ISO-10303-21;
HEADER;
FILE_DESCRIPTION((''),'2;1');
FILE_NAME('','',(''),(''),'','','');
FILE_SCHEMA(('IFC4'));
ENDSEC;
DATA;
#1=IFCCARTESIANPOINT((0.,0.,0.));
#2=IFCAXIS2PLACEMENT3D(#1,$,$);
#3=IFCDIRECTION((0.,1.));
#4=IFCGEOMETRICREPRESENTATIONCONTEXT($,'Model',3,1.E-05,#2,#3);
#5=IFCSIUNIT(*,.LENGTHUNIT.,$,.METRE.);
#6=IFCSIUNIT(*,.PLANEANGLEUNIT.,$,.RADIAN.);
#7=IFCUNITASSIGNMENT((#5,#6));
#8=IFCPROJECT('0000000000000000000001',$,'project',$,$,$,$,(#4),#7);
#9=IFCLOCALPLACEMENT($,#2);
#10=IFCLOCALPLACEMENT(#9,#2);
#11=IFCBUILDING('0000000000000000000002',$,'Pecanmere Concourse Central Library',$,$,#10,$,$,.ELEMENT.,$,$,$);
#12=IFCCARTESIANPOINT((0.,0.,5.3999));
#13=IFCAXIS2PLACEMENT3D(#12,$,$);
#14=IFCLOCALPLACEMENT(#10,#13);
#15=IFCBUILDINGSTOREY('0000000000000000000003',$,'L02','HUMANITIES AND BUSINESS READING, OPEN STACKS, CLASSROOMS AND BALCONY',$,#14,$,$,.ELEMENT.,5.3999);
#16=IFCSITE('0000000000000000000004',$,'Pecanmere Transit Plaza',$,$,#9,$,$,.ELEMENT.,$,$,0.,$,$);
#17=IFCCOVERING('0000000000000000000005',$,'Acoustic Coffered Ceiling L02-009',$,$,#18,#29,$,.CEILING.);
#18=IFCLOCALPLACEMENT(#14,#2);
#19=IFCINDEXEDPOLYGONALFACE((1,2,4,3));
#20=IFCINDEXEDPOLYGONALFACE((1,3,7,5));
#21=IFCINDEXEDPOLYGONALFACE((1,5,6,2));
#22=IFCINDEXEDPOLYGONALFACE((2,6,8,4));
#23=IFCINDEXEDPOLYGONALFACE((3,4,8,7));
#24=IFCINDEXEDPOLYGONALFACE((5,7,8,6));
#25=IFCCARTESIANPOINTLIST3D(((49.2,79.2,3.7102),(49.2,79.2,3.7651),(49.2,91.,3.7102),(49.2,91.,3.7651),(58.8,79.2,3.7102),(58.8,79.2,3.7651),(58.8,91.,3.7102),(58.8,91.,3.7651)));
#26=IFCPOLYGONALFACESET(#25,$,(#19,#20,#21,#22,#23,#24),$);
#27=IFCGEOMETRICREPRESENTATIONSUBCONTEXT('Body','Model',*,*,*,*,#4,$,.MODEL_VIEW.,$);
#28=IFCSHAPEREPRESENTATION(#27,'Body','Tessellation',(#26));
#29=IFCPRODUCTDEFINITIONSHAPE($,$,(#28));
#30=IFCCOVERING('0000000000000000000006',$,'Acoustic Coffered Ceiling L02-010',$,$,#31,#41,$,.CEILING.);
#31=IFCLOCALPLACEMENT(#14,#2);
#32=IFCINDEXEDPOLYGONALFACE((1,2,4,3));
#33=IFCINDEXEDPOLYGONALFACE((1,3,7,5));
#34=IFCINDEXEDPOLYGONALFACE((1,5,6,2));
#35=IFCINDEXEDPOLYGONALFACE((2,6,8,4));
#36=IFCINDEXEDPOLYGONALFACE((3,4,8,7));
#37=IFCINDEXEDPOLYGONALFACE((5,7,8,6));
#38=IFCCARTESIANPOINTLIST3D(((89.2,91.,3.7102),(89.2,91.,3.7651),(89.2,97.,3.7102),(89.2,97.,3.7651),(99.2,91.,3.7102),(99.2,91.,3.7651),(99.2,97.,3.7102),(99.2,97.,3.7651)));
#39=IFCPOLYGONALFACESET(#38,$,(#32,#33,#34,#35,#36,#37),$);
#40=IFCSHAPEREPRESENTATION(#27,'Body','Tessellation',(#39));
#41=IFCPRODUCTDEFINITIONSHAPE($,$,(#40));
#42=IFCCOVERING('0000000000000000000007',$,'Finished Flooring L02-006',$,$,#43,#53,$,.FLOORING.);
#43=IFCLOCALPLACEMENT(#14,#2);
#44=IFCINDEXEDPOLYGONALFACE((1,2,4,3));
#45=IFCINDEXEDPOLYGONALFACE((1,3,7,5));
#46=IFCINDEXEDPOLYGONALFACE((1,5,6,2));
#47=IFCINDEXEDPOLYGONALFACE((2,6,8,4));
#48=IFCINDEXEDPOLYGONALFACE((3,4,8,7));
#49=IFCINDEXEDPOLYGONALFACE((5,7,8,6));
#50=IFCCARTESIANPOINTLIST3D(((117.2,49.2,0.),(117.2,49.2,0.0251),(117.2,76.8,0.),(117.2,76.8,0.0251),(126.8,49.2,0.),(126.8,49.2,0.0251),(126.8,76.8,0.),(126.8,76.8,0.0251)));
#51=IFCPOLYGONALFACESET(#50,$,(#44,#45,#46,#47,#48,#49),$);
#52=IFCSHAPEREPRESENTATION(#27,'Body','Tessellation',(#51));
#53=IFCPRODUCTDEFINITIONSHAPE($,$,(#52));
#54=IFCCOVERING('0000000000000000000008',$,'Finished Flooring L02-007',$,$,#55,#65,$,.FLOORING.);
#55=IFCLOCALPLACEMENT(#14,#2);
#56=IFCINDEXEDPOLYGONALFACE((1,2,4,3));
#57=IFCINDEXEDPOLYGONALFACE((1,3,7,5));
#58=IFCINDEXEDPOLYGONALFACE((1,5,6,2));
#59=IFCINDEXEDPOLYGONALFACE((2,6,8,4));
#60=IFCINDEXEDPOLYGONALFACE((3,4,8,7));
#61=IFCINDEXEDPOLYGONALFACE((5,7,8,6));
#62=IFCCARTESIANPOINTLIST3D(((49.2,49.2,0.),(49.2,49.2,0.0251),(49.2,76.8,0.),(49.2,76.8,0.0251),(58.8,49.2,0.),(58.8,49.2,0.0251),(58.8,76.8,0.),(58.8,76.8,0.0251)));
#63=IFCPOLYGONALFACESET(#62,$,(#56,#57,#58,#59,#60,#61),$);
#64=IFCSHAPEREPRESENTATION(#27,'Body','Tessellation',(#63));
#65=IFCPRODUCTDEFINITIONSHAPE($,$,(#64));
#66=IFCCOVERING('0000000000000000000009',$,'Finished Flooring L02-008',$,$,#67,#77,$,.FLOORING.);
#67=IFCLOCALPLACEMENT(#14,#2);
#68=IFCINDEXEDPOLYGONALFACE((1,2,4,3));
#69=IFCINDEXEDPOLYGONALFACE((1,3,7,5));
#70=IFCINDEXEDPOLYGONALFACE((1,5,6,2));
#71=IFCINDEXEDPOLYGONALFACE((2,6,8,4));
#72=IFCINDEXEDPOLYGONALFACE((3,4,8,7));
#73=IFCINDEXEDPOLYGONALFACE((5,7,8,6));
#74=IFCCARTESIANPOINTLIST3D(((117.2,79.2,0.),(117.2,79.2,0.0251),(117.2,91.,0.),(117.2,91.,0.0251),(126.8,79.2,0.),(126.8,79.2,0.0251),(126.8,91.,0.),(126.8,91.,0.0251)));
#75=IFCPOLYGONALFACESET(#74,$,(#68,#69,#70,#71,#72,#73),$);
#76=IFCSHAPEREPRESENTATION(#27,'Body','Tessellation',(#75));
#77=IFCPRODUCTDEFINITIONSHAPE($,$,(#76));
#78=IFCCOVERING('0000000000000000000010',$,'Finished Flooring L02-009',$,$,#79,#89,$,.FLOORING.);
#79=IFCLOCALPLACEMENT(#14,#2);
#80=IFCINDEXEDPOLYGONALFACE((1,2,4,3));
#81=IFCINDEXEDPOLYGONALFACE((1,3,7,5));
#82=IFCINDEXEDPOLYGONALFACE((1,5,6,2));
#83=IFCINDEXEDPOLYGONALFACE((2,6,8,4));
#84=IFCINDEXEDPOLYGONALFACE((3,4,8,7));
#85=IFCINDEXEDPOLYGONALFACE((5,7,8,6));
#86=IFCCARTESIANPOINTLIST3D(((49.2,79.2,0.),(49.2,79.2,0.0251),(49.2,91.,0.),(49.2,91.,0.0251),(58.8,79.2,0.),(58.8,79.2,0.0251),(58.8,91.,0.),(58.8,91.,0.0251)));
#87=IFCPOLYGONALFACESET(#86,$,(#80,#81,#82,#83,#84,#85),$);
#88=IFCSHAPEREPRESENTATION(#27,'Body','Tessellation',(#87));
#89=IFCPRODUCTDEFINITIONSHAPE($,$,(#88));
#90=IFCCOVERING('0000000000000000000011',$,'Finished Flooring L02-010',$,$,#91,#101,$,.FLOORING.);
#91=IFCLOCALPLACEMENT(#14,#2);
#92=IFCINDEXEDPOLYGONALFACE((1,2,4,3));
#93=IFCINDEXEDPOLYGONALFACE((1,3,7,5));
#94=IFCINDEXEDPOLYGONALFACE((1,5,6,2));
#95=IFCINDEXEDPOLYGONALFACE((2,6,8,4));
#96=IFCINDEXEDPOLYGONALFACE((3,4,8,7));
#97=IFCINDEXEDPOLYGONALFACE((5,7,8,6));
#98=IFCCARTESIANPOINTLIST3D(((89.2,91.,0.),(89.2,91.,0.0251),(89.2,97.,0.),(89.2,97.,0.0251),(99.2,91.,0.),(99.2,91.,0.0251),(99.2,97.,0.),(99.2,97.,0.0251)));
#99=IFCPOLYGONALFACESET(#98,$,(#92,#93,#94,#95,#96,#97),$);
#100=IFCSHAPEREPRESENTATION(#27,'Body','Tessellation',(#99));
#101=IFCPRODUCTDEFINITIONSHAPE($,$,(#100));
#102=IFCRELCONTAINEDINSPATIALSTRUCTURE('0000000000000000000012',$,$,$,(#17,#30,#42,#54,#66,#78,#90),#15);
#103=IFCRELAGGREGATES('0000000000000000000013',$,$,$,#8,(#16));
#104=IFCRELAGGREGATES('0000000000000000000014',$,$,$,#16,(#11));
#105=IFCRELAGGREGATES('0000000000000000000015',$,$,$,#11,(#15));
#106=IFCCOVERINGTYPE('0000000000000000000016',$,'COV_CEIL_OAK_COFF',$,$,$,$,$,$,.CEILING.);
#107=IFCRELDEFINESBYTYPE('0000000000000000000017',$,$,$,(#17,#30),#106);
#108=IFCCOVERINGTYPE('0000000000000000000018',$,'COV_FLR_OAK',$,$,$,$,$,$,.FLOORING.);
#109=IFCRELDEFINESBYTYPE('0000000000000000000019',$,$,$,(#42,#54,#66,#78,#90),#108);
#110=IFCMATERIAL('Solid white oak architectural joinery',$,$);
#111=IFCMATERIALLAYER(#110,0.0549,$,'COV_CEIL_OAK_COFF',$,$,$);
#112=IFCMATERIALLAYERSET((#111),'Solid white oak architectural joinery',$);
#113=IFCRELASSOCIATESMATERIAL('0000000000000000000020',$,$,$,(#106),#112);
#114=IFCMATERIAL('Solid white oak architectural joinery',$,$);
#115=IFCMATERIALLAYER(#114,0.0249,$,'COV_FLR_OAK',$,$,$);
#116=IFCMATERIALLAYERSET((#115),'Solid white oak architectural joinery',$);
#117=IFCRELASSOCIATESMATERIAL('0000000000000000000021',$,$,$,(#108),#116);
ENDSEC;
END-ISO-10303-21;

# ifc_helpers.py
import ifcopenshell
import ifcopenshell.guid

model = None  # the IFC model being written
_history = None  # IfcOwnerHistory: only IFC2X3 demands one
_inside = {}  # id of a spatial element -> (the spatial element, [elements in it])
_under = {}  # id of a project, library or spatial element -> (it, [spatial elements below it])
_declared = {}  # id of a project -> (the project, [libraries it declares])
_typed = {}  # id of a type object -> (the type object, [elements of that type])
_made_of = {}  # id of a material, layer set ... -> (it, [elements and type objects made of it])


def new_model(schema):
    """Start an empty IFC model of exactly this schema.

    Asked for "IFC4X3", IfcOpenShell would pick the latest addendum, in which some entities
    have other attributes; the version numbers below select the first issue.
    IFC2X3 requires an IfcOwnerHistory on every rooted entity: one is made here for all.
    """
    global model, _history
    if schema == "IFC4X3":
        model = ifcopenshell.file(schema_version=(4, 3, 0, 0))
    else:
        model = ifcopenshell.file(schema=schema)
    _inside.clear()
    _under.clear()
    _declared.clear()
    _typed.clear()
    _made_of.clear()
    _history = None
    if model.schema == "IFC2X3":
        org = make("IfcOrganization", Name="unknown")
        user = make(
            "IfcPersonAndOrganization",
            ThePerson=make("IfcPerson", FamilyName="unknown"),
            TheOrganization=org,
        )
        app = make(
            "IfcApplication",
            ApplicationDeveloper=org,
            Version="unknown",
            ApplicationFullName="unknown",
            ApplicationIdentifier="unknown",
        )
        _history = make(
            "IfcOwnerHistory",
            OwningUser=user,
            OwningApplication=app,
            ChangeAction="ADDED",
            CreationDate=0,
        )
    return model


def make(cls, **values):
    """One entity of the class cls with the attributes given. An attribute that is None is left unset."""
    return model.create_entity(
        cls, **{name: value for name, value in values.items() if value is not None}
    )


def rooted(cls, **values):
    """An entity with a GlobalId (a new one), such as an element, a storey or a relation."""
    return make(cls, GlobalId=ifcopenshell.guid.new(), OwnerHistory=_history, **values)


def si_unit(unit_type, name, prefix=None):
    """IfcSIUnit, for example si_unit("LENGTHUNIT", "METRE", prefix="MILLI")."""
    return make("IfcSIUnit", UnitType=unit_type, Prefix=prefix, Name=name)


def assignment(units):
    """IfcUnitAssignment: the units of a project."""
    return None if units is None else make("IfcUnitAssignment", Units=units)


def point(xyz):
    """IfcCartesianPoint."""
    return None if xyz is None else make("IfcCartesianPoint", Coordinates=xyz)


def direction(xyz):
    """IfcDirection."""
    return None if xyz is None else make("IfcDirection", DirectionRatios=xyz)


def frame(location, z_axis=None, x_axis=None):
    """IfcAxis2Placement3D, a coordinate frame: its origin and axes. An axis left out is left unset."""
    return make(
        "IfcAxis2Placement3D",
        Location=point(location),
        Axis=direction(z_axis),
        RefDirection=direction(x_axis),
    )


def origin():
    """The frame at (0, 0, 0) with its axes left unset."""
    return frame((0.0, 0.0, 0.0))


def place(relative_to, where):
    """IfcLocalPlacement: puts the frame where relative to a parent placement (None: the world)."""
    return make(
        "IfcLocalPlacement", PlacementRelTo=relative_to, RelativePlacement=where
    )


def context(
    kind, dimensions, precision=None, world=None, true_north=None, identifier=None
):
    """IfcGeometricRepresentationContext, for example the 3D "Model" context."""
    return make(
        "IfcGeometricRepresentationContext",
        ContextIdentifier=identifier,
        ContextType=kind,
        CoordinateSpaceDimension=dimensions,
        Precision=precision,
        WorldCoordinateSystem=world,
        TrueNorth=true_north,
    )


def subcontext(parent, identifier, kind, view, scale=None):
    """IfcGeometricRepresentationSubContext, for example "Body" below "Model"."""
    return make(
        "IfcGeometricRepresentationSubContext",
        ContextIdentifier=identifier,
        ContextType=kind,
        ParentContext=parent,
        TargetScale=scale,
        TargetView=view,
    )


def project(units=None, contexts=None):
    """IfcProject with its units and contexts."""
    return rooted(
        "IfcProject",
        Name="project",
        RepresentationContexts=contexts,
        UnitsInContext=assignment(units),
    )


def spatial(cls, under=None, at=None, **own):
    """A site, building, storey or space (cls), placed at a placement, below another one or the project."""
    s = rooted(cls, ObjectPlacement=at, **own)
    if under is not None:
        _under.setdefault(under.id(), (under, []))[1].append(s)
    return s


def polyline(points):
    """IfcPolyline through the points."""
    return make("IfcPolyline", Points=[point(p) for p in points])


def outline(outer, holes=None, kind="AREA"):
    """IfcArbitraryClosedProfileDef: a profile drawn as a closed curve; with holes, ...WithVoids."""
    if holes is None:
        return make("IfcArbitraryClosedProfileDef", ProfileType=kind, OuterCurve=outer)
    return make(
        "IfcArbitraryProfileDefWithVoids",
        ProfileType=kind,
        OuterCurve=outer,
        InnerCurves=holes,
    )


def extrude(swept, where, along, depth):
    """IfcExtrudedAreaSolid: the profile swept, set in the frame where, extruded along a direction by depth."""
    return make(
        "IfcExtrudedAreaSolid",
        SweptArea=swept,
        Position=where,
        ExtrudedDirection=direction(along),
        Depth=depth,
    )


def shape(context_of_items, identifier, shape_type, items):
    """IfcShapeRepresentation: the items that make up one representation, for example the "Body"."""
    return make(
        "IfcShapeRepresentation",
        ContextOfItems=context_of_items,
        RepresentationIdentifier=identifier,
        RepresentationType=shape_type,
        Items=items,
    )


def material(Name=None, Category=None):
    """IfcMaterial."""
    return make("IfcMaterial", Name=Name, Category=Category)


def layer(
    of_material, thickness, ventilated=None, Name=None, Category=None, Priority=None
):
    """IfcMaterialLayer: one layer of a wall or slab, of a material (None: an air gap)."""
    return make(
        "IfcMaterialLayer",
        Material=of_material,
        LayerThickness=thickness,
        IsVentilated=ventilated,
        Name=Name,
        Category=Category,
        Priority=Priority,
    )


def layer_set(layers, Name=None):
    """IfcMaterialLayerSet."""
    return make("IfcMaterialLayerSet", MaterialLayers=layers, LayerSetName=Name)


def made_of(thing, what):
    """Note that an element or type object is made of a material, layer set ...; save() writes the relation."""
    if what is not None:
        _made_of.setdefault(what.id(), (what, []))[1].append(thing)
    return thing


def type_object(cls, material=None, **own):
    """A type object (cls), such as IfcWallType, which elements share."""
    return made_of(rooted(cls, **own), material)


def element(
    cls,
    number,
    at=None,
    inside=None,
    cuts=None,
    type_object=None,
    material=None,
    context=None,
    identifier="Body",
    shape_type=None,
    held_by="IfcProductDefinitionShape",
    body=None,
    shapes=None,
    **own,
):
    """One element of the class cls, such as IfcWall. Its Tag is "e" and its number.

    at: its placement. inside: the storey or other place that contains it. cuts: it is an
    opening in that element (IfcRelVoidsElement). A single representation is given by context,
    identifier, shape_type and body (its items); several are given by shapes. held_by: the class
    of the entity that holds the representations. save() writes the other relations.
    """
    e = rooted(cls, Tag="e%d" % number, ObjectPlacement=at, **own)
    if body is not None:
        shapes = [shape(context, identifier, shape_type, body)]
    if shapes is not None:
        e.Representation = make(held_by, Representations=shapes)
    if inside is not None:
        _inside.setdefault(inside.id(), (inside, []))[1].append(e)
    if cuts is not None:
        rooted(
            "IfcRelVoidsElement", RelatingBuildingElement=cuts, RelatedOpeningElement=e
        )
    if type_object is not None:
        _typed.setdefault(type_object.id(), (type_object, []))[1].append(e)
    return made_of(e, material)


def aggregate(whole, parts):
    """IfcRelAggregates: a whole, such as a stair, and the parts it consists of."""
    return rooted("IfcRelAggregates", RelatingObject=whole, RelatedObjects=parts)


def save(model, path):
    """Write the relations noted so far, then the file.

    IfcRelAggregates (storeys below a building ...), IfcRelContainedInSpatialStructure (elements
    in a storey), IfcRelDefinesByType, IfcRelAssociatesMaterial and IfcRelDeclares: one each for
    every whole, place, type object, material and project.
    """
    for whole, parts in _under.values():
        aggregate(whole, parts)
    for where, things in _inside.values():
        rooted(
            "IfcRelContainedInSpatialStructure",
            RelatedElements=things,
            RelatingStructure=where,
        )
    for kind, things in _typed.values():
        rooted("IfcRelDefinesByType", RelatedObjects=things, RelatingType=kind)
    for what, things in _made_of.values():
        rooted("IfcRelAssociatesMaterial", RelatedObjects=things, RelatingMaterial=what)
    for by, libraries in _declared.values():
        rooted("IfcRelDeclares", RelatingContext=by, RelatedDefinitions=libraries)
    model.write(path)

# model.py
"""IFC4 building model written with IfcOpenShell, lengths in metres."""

from ifc_helpers import new_model, si_unit, direction, frame, origin, place, context, subcontext, project, spatial, polyline, outline, extrude, material, layer, layer_set, type_object, element, save


model = new_model("IFC4")

# Units and contexts
model_context = context("Model", 3, precision=1e-05, world=origin(), true_north=direction((0.0, 1.0)))
body_context = subcontext(model_context, "Body", "Model", "MODEL_VIEW")
ifc_project = project(units=[si_unit("LENGTHUNIT", "METRE"), si_unit("PLANEANGLEUNIT", "RADIAN")], contexts=[model_context])

# Site, building, storey
site_placement = place(None, origin())
site = spatial("IfcSite", under=ifc_project, at=site_placement, Name="Pecanmere Transit Plaza", CompositionType="ELEMENT", RefElevation=0.0)
building_placement = place(site_placement, origin())
building = spatial("IfcBuilding", under=site, at=building_placement, Name="Pecanmere Concourse Central Library", CompositionType="ELEMENT")
storey_placement = place(building_placement, frame((0.0, 0.0, 5.3999)))
storey = spatial("IfcBuildingStorey", under=building, at=storey_placement, Name="L02", Description="HUMANITIES AND BUSINESS READING, OPEN STACKS, CLASSROOMS AND BALCONY", CompositionType="ELEMENT", Elevation=5.3999)

# Coverings
ifc_material_1 = material(Name="Solid white oak architectural joinery")
ifc_layer_1 = layer(ifc_material_1, 0.0549, Name="COV_CEIL_OAK_COFF")
ifc_layer_set_1 = layer_set([ifc_layer_1], Name="Solid white oak architectural joinery")
covering_type_1 = type_object("IfcCoveringType", Name="COV_CEIL_OAK_COFF", PredefinedType="CEILING", material=ifc_layer_set_1)
covering_1_placement = place(storey_placement, frame((0.0, 0.0, 3.7102)))
element("IfcCovering", 1, at=covering_1_placement, inside=storey, type_object=covering_type_1, Name="Acoustic Coffered Ceiling L02-009", PredefinedType="CEILING", context=body_context, shape_type="SweptSolid", body=[
    extrude(outline(polyline([(49.2, 79.2), (58.8, 79.2), (58.8, 91.0), (49.2, 91.0), (49.2, 79.2)])), origin(), (0.0, 0.0, 1.0), 0.0549),
])
covering_2_placement = place(storey_placement, frame((0.0, 0.0, 3.7102)))
element("IfcCovering", 2, at=covering_2_placement, inside=storey, type_object=covering_type_1, Name="Acoustic Coffered Ceiling L02-010", PredefinedType="CEILING", context=body_context, shape_type="SweptSolid", body=[
    extrude(outline(polyline([(89.2, 91.0), (99.2, 91.0), (99.2, 97.0), (89.2, 97.0), (89.2, 91.0)])), origin(), (0.0, 0.0, 1.0), 0.0549),
])
ifc_material_2 = material(Name="Solid white oak architectural joinery")
ifc_layer_2 = layer(ifc_material_2, 0.0249, Name="COV_FLR_OAK")
ifc_layer_set_2 = layer_set([ifc_layer_2], Name="Solid white oak architectural joinery")
covering_type_2 = type_object("IfcCoveringType", Name="COV_FLR_OAK", PredefinedType="FLOORING", material=ifc_layer_set_2)
covering_3_placement = place(storey_placement, origin())
element("IfcCovering", 3, at=covering_3_placement, inside=storey, type_object=covering_type_2, Name="Finished Flooring L02-006", PredefinedType="FLOORING", context=body_context, shape_type="SweptSolid", body=[
    extrude(outline(polyline([(117.2, 49.2), (126.8, 49.2), (126.8, 76.8), (117.2, 76.8), (117.2, 49.2)])), origin(), (0.0, 0.0, 1.0), 0.0251),
])
covering_4_placement = place(storey_placement, origin())
element("IfcCovering", 4, at=covering_4_placement, inside=storey, type_object=covering_type_2, Name="Finished Flooring L02-007", PredefinedType="FLOORING", context=body_context, shape_type="SweptSolid", body=[
    extrude(outline(polyline([(49.2, 49.2), (58.8, 49.2), (58.8, 76.8), (49.2, 76.8), (49.2, 49.2)])), origin(), (0.0, 0.0, 1.0), 0.0251),
])
covering_5_placement = place(storey_placement, origin())
element("IfcCovering", 5, at=covering_5_placement, inside=storey, type_object=covering_type_2, Name="Finished Flooring L02-008", PredefinedType="FLOORING", context=body_context, shape_type="SweptSolid", body=[
    extrude(outline(polyline([(117.2, 79.2), (126.8, 79.2), (126.8, 91.0), (117.2, 91.0), (117.2, 79.2)])), origin(), (0.0, 0.0, 1.0), 0.0251),
])
covering_6_placement = place(storey_placement, origin())
element("IfcCovering", 6, at=covering_6_placement, inside=storey, type_object=covering_type_2, Name="Finished Flooring L02-009", PredefinedType="FLOORING", context=body_context, shape_type="SweptSolid", body=[
    extrude(outline(polyline([(49.2, 79.2), (58.8, 79.2), (58.8, 91.0), (49.2, 91.0), (49.2, 79.2)])), origin(), (0.0, 0.0, 1.0), 0.0251),
])
covering_7_placement = place(storey_placement, origin())
element("IfcCovering", 7, at=covering_7_placement, inside=storey, type_object=covering_type_2, Name="Finished Flooring L02-010", PredefinedType="FLOORING", context=body_context, shape_type="SweptSolid", body=[
    extrude(outline(polyline([(89.2, 91.0), (99.2, 91.0), (99.2, 97.0), (89.2, 97.0), (89.2, 91.0)])), origin(), (0.0, 0.0, 1.0), 0.0251),
])

save(model, "model.ifc")
